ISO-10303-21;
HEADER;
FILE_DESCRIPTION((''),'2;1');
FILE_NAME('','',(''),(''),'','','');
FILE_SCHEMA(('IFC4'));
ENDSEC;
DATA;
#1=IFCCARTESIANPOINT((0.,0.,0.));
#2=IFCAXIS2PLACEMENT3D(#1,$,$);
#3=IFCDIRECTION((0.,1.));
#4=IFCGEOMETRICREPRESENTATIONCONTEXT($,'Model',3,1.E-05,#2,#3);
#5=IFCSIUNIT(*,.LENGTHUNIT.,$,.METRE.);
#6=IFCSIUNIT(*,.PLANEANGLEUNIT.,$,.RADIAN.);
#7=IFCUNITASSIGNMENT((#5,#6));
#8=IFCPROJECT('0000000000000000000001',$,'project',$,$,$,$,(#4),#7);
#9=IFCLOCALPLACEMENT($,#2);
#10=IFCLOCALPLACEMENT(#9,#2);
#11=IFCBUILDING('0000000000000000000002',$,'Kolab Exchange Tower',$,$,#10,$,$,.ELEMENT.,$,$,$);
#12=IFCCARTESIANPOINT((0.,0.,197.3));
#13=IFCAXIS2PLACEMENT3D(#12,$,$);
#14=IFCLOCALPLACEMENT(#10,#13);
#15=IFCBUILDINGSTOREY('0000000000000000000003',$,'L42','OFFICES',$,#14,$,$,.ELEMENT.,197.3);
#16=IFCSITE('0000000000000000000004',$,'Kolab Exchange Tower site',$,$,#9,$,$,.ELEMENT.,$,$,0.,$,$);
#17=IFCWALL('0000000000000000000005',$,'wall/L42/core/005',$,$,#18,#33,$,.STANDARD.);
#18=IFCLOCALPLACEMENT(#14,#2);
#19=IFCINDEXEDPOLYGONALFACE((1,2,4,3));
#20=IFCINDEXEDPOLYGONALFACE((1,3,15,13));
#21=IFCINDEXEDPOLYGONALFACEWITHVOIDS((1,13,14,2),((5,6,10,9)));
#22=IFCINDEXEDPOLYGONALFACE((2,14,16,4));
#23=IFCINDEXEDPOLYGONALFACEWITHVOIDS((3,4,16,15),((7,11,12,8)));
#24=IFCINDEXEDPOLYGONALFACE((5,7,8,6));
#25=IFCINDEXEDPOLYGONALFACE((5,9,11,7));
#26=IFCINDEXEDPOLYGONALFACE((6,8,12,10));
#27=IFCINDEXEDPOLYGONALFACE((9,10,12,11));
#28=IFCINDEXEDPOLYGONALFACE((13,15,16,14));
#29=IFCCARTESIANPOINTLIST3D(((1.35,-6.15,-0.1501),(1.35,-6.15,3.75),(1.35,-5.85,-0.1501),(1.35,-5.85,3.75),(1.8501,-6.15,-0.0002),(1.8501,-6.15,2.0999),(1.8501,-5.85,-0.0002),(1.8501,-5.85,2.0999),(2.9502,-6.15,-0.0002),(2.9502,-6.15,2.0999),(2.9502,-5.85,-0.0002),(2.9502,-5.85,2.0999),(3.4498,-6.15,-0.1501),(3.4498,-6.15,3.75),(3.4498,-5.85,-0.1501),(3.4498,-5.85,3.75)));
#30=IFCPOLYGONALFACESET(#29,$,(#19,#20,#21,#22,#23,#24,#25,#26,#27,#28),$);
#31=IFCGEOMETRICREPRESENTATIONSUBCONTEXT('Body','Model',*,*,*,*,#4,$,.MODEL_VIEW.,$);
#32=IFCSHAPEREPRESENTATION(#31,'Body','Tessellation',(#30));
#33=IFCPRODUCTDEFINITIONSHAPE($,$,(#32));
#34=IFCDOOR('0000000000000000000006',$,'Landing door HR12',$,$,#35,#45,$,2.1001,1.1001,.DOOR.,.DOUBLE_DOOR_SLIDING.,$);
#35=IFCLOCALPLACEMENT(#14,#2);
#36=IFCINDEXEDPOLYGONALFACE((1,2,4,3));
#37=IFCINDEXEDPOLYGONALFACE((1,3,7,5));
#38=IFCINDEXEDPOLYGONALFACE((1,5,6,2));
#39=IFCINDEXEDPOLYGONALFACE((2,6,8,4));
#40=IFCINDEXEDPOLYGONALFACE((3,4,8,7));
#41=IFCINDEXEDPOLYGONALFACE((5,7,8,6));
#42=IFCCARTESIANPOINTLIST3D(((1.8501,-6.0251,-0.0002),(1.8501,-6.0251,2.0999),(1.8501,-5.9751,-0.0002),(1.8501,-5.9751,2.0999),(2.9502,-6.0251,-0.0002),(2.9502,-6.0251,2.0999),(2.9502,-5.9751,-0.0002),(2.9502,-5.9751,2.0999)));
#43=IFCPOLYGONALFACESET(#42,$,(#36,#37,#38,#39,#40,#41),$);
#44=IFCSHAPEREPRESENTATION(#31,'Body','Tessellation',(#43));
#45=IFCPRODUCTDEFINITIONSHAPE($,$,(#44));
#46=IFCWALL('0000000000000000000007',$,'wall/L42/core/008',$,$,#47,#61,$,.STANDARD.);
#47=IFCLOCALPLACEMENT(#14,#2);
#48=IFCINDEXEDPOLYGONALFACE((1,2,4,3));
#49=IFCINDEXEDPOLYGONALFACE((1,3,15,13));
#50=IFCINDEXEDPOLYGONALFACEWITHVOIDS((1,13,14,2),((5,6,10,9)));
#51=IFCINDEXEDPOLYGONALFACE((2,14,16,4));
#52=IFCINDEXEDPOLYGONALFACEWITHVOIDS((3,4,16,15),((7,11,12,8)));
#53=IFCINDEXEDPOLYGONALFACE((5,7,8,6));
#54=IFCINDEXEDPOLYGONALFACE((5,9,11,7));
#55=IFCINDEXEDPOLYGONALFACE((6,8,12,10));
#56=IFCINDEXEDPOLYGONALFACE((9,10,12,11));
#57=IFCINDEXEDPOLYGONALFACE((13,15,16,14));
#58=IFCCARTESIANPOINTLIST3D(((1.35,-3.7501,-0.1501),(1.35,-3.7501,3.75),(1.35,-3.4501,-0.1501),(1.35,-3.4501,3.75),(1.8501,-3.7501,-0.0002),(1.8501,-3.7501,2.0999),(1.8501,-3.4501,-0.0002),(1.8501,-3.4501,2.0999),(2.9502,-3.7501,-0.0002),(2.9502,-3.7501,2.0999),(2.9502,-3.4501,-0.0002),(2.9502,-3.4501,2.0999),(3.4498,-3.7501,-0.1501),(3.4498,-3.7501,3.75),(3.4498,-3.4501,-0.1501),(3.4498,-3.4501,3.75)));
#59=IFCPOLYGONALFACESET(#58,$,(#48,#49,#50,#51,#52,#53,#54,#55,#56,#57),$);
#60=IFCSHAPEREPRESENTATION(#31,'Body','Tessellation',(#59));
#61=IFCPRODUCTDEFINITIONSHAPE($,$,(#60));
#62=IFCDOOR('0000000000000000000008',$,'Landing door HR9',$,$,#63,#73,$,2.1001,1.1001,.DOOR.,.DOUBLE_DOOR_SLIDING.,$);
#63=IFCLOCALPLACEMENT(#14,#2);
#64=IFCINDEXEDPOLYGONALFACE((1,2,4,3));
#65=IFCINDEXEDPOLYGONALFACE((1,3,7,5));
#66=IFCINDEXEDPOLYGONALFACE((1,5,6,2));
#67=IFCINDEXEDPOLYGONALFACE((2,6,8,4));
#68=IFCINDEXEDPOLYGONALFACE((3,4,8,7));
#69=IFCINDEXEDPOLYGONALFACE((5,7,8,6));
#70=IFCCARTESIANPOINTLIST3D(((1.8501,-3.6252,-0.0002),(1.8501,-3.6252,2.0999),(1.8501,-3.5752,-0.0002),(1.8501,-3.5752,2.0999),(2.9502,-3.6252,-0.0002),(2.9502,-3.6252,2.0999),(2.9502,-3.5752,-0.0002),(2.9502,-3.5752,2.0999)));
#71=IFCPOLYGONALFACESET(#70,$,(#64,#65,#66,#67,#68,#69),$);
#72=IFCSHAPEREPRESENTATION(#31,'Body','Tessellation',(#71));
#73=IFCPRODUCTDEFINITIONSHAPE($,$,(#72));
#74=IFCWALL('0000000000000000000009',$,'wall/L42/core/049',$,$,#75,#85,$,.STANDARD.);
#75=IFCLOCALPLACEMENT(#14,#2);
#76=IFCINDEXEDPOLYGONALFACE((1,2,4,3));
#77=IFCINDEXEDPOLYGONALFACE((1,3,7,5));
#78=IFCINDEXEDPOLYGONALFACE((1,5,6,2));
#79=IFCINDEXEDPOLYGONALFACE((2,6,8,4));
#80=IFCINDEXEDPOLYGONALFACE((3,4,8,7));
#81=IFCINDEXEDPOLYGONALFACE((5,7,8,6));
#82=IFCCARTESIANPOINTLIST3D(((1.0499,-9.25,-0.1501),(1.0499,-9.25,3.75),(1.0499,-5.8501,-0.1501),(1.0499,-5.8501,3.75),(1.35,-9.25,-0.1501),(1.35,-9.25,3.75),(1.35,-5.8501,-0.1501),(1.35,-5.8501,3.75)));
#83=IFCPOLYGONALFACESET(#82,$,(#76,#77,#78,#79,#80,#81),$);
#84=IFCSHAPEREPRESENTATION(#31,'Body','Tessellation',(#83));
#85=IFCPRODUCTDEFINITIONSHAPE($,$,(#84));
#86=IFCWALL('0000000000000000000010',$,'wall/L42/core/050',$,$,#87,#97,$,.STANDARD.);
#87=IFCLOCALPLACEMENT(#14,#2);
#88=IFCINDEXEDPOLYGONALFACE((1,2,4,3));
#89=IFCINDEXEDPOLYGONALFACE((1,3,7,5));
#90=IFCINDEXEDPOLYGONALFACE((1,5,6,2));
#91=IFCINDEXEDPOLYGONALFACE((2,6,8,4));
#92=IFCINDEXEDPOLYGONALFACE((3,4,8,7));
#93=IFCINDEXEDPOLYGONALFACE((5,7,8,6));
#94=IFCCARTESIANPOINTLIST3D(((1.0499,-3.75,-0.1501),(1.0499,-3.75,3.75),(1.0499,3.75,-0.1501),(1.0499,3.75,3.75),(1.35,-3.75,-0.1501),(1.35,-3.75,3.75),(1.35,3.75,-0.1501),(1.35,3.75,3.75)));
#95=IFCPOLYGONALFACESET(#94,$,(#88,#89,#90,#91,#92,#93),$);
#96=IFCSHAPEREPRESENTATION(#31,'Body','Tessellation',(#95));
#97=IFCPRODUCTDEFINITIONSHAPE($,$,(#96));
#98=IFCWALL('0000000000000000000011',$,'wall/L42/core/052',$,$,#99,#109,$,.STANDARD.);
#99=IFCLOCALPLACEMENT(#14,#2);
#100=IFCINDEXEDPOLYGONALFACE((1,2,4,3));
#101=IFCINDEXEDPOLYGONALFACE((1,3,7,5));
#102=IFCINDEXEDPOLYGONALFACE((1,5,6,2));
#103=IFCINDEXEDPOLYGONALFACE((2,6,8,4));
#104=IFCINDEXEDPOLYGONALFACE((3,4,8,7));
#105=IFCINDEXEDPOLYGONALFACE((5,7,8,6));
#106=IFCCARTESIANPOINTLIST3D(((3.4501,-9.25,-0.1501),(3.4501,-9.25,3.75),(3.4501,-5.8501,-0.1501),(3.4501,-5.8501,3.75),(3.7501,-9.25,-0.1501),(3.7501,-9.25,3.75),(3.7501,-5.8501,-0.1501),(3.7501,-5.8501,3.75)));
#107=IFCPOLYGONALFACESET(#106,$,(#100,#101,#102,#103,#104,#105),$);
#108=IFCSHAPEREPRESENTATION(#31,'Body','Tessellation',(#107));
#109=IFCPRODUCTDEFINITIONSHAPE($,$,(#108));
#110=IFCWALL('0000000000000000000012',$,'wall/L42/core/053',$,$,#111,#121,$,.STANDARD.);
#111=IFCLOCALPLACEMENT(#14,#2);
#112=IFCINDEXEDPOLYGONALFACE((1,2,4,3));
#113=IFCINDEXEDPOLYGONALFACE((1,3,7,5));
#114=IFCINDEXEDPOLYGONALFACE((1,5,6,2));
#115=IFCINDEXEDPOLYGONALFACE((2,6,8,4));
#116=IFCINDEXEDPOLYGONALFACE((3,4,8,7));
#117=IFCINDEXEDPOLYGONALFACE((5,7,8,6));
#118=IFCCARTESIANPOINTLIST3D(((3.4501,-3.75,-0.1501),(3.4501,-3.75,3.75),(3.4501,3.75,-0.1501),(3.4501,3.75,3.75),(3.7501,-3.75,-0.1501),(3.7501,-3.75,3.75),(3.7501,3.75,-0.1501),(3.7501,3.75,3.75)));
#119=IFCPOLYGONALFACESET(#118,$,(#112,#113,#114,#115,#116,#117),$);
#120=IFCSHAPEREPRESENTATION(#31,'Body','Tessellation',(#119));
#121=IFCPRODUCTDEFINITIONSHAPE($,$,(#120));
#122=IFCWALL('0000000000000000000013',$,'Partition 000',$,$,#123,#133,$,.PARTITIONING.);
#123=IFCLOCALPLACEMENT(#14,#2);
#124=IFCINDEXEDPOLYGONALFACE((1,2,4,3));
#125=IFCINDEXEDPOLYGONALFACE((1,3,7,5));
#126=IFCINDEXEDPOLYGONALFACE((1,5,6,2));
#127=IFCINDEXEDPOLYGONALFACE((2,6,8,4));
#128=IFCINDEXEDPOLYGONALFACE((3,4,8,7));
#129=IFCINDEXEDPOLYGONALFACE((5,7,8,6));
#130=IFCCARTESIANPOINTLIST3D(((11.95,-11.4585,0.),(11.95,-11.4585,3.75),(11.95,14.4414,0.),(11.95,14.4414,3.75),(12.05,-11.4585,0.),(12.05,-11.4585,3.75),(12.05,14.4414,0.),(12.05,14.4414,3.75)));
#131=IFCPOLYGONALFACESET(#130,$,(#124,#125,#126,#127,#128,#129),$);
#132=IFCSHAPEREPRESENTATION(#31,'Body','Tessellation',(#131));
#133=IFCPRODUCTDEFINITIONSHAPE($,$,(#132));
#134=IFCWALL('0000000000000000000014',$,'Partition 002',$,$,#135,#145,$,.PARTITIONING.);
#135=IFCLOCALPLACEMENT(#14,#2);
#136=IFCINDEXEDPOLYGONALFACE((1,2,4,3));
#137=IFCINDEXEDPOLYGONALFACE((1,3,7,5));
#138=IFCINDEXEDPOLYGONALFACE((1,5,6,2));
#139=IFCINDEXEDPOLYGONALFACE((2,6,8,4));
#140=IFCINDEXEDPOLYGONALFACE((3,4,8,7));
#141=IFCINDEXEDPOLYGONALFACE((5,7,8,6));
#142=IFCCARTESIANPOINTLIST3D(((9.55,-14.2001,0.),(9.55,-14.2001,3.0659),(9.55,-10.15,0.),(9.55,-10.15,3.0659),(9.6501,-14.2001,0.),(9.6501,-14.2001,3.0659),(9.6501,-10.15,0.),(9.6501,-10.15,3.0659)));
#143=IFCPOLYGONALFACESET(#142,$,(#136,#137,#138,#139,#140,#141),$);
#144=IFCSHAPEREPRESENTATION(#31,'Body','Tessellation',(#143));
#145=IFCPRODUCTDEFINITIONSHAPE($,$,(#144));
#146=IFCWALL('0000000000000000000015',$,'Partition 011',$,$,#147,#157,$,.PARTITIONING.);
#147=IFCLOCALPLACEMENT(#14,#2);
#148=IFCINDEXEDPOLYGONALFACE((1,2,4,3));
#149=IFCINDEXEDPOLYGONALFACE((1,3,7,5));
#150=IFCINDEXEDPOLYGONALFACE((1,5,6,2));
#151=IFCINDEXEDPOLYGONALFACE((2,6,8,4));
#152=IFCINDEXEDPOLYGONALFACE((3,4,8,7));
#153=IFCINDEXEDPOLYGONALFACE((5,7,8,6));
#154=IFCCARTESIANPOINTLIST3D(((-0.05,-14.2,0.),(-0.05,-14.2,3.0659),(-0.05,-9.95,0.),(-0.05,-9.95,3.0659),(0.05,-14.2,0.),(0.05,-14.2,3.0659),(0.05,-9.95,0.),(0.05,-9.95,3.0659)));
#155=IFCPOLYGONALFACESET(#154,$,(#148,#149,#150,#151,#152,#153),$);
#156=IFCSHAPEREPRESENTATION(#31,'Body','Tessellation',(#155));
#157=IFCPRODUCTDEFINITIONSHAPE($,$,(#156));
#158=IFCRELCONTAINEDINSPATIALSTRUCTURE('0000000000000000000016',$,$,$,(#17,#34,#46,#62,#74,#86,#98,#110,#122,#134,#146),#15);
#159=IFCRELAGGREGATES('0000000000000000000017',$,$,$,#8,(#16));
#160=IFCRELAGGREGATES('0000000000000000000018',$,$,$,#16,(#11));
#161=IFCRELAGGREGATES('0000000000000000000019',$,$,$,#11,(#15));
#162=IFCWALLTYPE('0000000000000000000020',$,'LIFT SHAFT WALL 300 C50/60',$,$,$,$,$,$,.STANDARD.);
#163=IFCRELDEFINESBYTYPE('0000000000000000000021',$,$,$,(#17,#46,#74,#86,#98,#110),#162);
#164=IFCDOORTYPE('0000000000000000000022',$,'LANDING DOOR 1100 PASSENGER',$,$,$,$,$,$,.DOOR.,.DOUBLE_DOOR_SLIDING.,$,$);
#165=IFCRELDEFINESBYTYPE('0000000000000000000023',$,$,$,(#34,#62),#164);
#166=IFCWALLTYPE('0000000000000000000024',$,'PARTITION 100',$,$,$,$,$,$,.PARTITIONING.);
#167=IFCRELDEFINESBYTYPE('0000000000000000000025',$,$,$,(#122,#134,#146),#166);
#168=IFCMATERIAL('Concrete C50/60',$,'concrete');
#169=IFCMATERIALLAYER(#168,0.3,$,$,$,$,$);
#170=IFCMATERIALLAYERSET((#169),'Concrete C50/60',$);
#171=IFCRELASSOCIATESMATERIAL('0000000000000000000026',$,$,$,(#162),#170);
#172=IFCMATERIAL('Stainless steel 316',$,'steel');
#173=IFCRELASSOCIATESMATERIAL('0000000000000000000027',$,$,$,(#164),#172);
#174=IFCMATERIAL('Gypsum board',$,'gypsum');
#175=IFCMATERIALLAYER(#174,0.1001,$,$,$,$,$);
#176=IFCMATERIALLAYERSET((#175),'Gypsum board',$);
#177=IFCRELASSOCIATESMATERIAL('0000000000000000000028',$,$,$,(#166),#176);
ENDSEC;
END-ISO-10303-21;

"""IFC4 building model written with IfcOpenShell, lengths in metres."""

from ifc_helpers import new_model, si_unit, direction, frame, frame_2d, origin, place, context, subcontext, project, spatial, rectangle, extrude, material, layer, layer_set, type_object, element, fill, save


model = new_model("IFC4")

# Units and contexts
model_context = context("Model", 3, precision=1e-05, world=origin(), true_north=direction((0.0, 1.0)))
body_context = subcontext(model_context, "Body", "Model", "MODEL_VIEW")
ifc_project = project(units=[si_unit("LENGTHUNIT", "METRE"), si_unit("PLANEANGLEUNIT", "RADIAN")], contexts=[model_context])

# Site, building, storey
site_placement = place(None, origin())
site = spatial("IfcSite", under=ifc_project, at=site_placement, Name="Kolab Exchange Tower site", CompositionType="ELEMENT", RefElevation=0.0)
building_placement = place(site_placement, origin())
building = spatial("IfcBuilding", under=site, at=building_placement, Name="Kolab Exchange Tower", CompositionType="ELEMENT")
storey_placement = place(building_placement, frame((0.0, 0.0, 197.3)))
storey = spatial("IfcBuildingStorey", under=building, at=storey_placement, Name="L42", Description="OFFICES", CompositionType="ELEMENT", Elevation=197.3)

# Walls, openings, doors
ifc_material_1 = material(Name="Concrete C50/60", Category="concrete")
ifc_layer_1 = layer(ifc_material_1, 0.3)
ifc_layer_set_1 = layer_set([ifc_layer_1], Name="Concrete C50/60")
wall_type_1 = type_object("IfcWallType", Name="LIFT SHAFT WALL 300 C50/60", PredefinedType="STANDARD", material=ifc_layer_set_1)
wall_1_placement = place(storey_placement, frame((1.3501, -6.0, -0.1501), z_axis=(0.0, 0.0, 1.0), x_axis=(1.0, 0.0, 0.0)))
wall_1 = element("IfcWall", 1, at=wall_1_placement, inside=storey, type_object=wall_type_1, Name="wall/L42/core/005", PredefinedType="STANDARD", context=body_context, shape_type="SweptSolid", body=[
    extrude(rectangle(XDim=2.0999, YDim=0.3, at=frame_2d((1.0498, 0.0))), origin(), (0.0, 0.0, 1.0), 3.9001),
])
opening_1_placement = place(wall_1_placement, frame((0.5, 0.0, 0.1499)))
opening_1 = element("IfcOpeningElement", 2, at=opening_1_placement, cuts=wall_1, PredefinedType="OPENING", context=body_context, shape_type="SweptSolid", body=[
    extrude(rectangle(XDim=1.1001, YDim=2.1001, at=frame_2d((0.55, 1.05))), frame((0.0, 0.1602, 0.0), z_axis=(0.0, -1.0, 0.0), x_axis=(1.0, 0.0, 0.0)), (0.0, 0.0, 1.0), 0.3201),
])
ifc_material_2 = material(Name="Stainless steel 316", Category="steel")
door_type_1 = type_object("IfcDoorType", Name="LANDING DOOR 1100 PASSENGER", OperationType="DOUBLE_DOOR_SLIDING", PredefinedType="DOOR", material=ifc_material_2)
door_1_placement = place(opening_1_placement, origin())
door_1 = element("IfcDoor", 3, at=door_1_placement, inside=storey, type_object=door_type_1, Name="Landing door HR12", OperationType="DOUBLE_DOOR_SLIDING", OverallHeight=2.1001, OverallWidth=1.1001, PredefinedType="DOOR", context=body_context, shape_type="SweptSolid", body=[
    extrude(rectangle(XDim=1.1001, YDim=2.1001, at=frame_2d((0.55, 1.05))), frame((0.0, 0.0249, 0.0), z_axis=(0.0, -1.0, 0.0), x_axis=(1.0, 0.0, 0.0)), (0.0, 0.0, 1.0), 0.05),
])
fill(opening_1, door_1)
wall_2_placement = place(storey_placement, frame((1.3501, -3.6001, -0.1501), z_axis=(0.0, 0.0, 1.0), x_axis=(1.0, 0.0, 0.0)))
wall_2 = element("IfcWall", 4, at=wall_2_placement, inside=storey, type_object=wall_type_1, Name="wall/L42/core/008", PredefinedType="STANDARD", context=body_context, shape_type="SweptSolid", body=[
    extrude(rectangle(XDim=2.0999, YDim=0.3, at=frame_2d((1.0498, 0.0))), origin(), (0.0, 0.0, 1.0), 3.9001),
])
opening_2_placement = place(wall_2_placement, frame((0.5, 0.0, 0.1499)))
opening_2 = element("IfcOpeningElement", 5, at=opening_2_placement, cuts=wall_2, PredefinedType="OPENING", context=body_context, shape_type="SweptSolid", body=[
    extrude(rectangle(XDim=1.1001, YDim=2.1001, at=frame_2d((0.55, 1.05))), frame((0.0, 0.1602, 0.0), z_axis=(0.0, -1.0, 0.0), x_axis=(1.0, 0.0, 0.0)), (0.0, 0.0, 1.0), 0.3201),
])
door_2_placement = place(opening_2_placement, origin())
door_2 = element("IfcDoor", 6, at=door_2_placement, inside=storey, type_object=door_type_1, Name="Landing door HR9", OperationType="DOUBLE_DOOR_SLIDING", OverallHeight=2.1001, OverallWidth=1.1001, PredefinedType="DOOR", context=body_context, shape_type="SweptSolid", body=[
    extrude(rectangle(XDim=1.1001, YDim=2.1001, at=frame_2d((0.55, 1.05))), frame((0.0, 0.0249, 0.0), z_axis=(0.0, -1.0, 0.0), x_axis=(1.0, 0.0, 0.0)), (0.0, 0.0, 1.0), 0.05),
])
fill(opening_2, door_2)

# Walls
wall_3_placement = place(storey_placement, frame((1.2, -9.25, -0.1501), z_axis=(0.0, 0.0, 1.0), x_axis=(0.0, 1.0, 0.0)))
element("IfcWall", 7, at=wall_3_placement, inside=storey, type_object=wall_type_1, Name="wall/L42/core/049", PredefinedType="STANDARD", context=body_context, shape_type="SweptSolid", body=[
    extrude(rectangle(XDim=3.3999, YDim=0.3, at=frame_2d((1.7, 0.0))), origin(), (0.0, 0.0, 1.0), 3.9001),
])
wall_4_placement = place(storey_placement, frame((1.2, -3.75, -0.1501), z_axis=(0.0, 0.0, 1.0), x_axis=(0.0, 1.0, 0.0)))
element("IfcWall", 8, at=wall_4_placement, inside=storey, type_object=wall_type_1, Name="wall/L42/core/050", PredefinedType="STANDARD", context=body_context, shape_type="SweptSolid", body=[
    extrude(rectangle(XDim=7.5, YDim=0.3, at=frame_2d((3.75, 0.0))), origin(), (0.0, 0.0, 1.0), 3.9001),
])
wall_5_placement = place(storey_placement, frame((3.6001, -9.25, -0.1501), z_axis=(0.0, 0.0, 1.0), x_axis=(0.0, 1.0, 0.0)))
element("IfcWall", 9, at=wall_5_placement, inside=storey, type_object=wall_type_1, Name="wall/L42/core/052", PredefinedType="STANDARD", context=body_context, shape_type="SweptSolid", body=[
    extrude(rectangle(XDim=3.3999, YDim=0.3, at=frame_2d((1.7, 0.0))), origin(), (0.0, 0.0, 1.0), 3.9001),
])
wall_6_placement = place(storey_placement, frame((3.6001, -3.75, -0.1501), z_axis=(0.0, 0.0, 1.0), x_axis=(0.0, 1.0, 0.0)))
element("IfcWall", 10, at=wall_6_placement, inside=storey, type_object=wall_type_1, Name="wall/L42/core/053", PredefinedType="STANDARD", context=body_context, shape_type="SweptSolid", body=[
    extrude(rectangle(XDim=7.5, YDim=0.3, at=frame_2d((3.75, 0.0))), origin(), (0.0, 0.0, 1.0), 3.9001),
])
ifc_material_3 = material(Name="Gypsum board", Category="gypsum")
ifc_layer_2 = layer(ifc_material_3, 0.1001)
ifc_layer_set_2 = layer_set([ifc_layer_2], Name="Gypsum board")
wall_type_2 = type_object("IfcWallType", Name="PARTITION 100", PredefinedType="PARTITIONING", material=ifc_layer_set_2)
wall_7_placement = place(storey_placement, frame((12.0, -11.4585, 0.0), z_axis=(0.0, 0.0, 1.0), x_axis=(0.0, 1.0, 0.0)))
element("IfcWall", 11, at=wall_7_placement, inside=storey, type_object=wall_type_2, Name="Partition 000", PredefinedType="PARTITIONING", context=body_context, shape_type="SweptSolid", body=[
    extrude(rectangle(XDim=25.8999, YDim=0.1001, at=frame_2d((12.95, 0.0))), origin(), (0.0, 0.0, 1.0), 3.75),
])
wall_8_placement = place(storey_placement, frame((9.6001, -14.2, 0.0), z_axis=(0.0, 0.0, 1.0), x_axis=(0.0, 1.0, 0.0)))
element("IfcWall", 12, at=wall_8_placement, inside=storey, type_object=wall_type_2, Name="Partition 002", PredefinedType="PARTITIONING", context=body_context, shape_type="SweptSolid", body=[
    extrude(rectangle(XDim=4.05, YDim=0.1001, at=frame_2d((2.0249, 0.0))), origin(), (0.0, 0.0, 1.0), 3.0659),
])
wall_9_placement = place(storey_placement, frame((0.0, -14.2, 0.0), z_axis=(0.0, 0.0, 1.0), x_axis=(0.0, 1.0, 0.0)))
element("IfcWall", 13, at=wall_9_placement, inside=storey, type_object=wall_type_2, Name="Partition 011", PredefinedType="PARTITIONING", context=body_context, shape_type="SweptSolid", body=[
    extrude(rectangle(XDim=4.25, YDim=0.1001, at=frame_2d((2.125, 0.0))), origin(), (0.0, 0.0, 1.0), 3.0659),
])

save(model, "model.ifc")
